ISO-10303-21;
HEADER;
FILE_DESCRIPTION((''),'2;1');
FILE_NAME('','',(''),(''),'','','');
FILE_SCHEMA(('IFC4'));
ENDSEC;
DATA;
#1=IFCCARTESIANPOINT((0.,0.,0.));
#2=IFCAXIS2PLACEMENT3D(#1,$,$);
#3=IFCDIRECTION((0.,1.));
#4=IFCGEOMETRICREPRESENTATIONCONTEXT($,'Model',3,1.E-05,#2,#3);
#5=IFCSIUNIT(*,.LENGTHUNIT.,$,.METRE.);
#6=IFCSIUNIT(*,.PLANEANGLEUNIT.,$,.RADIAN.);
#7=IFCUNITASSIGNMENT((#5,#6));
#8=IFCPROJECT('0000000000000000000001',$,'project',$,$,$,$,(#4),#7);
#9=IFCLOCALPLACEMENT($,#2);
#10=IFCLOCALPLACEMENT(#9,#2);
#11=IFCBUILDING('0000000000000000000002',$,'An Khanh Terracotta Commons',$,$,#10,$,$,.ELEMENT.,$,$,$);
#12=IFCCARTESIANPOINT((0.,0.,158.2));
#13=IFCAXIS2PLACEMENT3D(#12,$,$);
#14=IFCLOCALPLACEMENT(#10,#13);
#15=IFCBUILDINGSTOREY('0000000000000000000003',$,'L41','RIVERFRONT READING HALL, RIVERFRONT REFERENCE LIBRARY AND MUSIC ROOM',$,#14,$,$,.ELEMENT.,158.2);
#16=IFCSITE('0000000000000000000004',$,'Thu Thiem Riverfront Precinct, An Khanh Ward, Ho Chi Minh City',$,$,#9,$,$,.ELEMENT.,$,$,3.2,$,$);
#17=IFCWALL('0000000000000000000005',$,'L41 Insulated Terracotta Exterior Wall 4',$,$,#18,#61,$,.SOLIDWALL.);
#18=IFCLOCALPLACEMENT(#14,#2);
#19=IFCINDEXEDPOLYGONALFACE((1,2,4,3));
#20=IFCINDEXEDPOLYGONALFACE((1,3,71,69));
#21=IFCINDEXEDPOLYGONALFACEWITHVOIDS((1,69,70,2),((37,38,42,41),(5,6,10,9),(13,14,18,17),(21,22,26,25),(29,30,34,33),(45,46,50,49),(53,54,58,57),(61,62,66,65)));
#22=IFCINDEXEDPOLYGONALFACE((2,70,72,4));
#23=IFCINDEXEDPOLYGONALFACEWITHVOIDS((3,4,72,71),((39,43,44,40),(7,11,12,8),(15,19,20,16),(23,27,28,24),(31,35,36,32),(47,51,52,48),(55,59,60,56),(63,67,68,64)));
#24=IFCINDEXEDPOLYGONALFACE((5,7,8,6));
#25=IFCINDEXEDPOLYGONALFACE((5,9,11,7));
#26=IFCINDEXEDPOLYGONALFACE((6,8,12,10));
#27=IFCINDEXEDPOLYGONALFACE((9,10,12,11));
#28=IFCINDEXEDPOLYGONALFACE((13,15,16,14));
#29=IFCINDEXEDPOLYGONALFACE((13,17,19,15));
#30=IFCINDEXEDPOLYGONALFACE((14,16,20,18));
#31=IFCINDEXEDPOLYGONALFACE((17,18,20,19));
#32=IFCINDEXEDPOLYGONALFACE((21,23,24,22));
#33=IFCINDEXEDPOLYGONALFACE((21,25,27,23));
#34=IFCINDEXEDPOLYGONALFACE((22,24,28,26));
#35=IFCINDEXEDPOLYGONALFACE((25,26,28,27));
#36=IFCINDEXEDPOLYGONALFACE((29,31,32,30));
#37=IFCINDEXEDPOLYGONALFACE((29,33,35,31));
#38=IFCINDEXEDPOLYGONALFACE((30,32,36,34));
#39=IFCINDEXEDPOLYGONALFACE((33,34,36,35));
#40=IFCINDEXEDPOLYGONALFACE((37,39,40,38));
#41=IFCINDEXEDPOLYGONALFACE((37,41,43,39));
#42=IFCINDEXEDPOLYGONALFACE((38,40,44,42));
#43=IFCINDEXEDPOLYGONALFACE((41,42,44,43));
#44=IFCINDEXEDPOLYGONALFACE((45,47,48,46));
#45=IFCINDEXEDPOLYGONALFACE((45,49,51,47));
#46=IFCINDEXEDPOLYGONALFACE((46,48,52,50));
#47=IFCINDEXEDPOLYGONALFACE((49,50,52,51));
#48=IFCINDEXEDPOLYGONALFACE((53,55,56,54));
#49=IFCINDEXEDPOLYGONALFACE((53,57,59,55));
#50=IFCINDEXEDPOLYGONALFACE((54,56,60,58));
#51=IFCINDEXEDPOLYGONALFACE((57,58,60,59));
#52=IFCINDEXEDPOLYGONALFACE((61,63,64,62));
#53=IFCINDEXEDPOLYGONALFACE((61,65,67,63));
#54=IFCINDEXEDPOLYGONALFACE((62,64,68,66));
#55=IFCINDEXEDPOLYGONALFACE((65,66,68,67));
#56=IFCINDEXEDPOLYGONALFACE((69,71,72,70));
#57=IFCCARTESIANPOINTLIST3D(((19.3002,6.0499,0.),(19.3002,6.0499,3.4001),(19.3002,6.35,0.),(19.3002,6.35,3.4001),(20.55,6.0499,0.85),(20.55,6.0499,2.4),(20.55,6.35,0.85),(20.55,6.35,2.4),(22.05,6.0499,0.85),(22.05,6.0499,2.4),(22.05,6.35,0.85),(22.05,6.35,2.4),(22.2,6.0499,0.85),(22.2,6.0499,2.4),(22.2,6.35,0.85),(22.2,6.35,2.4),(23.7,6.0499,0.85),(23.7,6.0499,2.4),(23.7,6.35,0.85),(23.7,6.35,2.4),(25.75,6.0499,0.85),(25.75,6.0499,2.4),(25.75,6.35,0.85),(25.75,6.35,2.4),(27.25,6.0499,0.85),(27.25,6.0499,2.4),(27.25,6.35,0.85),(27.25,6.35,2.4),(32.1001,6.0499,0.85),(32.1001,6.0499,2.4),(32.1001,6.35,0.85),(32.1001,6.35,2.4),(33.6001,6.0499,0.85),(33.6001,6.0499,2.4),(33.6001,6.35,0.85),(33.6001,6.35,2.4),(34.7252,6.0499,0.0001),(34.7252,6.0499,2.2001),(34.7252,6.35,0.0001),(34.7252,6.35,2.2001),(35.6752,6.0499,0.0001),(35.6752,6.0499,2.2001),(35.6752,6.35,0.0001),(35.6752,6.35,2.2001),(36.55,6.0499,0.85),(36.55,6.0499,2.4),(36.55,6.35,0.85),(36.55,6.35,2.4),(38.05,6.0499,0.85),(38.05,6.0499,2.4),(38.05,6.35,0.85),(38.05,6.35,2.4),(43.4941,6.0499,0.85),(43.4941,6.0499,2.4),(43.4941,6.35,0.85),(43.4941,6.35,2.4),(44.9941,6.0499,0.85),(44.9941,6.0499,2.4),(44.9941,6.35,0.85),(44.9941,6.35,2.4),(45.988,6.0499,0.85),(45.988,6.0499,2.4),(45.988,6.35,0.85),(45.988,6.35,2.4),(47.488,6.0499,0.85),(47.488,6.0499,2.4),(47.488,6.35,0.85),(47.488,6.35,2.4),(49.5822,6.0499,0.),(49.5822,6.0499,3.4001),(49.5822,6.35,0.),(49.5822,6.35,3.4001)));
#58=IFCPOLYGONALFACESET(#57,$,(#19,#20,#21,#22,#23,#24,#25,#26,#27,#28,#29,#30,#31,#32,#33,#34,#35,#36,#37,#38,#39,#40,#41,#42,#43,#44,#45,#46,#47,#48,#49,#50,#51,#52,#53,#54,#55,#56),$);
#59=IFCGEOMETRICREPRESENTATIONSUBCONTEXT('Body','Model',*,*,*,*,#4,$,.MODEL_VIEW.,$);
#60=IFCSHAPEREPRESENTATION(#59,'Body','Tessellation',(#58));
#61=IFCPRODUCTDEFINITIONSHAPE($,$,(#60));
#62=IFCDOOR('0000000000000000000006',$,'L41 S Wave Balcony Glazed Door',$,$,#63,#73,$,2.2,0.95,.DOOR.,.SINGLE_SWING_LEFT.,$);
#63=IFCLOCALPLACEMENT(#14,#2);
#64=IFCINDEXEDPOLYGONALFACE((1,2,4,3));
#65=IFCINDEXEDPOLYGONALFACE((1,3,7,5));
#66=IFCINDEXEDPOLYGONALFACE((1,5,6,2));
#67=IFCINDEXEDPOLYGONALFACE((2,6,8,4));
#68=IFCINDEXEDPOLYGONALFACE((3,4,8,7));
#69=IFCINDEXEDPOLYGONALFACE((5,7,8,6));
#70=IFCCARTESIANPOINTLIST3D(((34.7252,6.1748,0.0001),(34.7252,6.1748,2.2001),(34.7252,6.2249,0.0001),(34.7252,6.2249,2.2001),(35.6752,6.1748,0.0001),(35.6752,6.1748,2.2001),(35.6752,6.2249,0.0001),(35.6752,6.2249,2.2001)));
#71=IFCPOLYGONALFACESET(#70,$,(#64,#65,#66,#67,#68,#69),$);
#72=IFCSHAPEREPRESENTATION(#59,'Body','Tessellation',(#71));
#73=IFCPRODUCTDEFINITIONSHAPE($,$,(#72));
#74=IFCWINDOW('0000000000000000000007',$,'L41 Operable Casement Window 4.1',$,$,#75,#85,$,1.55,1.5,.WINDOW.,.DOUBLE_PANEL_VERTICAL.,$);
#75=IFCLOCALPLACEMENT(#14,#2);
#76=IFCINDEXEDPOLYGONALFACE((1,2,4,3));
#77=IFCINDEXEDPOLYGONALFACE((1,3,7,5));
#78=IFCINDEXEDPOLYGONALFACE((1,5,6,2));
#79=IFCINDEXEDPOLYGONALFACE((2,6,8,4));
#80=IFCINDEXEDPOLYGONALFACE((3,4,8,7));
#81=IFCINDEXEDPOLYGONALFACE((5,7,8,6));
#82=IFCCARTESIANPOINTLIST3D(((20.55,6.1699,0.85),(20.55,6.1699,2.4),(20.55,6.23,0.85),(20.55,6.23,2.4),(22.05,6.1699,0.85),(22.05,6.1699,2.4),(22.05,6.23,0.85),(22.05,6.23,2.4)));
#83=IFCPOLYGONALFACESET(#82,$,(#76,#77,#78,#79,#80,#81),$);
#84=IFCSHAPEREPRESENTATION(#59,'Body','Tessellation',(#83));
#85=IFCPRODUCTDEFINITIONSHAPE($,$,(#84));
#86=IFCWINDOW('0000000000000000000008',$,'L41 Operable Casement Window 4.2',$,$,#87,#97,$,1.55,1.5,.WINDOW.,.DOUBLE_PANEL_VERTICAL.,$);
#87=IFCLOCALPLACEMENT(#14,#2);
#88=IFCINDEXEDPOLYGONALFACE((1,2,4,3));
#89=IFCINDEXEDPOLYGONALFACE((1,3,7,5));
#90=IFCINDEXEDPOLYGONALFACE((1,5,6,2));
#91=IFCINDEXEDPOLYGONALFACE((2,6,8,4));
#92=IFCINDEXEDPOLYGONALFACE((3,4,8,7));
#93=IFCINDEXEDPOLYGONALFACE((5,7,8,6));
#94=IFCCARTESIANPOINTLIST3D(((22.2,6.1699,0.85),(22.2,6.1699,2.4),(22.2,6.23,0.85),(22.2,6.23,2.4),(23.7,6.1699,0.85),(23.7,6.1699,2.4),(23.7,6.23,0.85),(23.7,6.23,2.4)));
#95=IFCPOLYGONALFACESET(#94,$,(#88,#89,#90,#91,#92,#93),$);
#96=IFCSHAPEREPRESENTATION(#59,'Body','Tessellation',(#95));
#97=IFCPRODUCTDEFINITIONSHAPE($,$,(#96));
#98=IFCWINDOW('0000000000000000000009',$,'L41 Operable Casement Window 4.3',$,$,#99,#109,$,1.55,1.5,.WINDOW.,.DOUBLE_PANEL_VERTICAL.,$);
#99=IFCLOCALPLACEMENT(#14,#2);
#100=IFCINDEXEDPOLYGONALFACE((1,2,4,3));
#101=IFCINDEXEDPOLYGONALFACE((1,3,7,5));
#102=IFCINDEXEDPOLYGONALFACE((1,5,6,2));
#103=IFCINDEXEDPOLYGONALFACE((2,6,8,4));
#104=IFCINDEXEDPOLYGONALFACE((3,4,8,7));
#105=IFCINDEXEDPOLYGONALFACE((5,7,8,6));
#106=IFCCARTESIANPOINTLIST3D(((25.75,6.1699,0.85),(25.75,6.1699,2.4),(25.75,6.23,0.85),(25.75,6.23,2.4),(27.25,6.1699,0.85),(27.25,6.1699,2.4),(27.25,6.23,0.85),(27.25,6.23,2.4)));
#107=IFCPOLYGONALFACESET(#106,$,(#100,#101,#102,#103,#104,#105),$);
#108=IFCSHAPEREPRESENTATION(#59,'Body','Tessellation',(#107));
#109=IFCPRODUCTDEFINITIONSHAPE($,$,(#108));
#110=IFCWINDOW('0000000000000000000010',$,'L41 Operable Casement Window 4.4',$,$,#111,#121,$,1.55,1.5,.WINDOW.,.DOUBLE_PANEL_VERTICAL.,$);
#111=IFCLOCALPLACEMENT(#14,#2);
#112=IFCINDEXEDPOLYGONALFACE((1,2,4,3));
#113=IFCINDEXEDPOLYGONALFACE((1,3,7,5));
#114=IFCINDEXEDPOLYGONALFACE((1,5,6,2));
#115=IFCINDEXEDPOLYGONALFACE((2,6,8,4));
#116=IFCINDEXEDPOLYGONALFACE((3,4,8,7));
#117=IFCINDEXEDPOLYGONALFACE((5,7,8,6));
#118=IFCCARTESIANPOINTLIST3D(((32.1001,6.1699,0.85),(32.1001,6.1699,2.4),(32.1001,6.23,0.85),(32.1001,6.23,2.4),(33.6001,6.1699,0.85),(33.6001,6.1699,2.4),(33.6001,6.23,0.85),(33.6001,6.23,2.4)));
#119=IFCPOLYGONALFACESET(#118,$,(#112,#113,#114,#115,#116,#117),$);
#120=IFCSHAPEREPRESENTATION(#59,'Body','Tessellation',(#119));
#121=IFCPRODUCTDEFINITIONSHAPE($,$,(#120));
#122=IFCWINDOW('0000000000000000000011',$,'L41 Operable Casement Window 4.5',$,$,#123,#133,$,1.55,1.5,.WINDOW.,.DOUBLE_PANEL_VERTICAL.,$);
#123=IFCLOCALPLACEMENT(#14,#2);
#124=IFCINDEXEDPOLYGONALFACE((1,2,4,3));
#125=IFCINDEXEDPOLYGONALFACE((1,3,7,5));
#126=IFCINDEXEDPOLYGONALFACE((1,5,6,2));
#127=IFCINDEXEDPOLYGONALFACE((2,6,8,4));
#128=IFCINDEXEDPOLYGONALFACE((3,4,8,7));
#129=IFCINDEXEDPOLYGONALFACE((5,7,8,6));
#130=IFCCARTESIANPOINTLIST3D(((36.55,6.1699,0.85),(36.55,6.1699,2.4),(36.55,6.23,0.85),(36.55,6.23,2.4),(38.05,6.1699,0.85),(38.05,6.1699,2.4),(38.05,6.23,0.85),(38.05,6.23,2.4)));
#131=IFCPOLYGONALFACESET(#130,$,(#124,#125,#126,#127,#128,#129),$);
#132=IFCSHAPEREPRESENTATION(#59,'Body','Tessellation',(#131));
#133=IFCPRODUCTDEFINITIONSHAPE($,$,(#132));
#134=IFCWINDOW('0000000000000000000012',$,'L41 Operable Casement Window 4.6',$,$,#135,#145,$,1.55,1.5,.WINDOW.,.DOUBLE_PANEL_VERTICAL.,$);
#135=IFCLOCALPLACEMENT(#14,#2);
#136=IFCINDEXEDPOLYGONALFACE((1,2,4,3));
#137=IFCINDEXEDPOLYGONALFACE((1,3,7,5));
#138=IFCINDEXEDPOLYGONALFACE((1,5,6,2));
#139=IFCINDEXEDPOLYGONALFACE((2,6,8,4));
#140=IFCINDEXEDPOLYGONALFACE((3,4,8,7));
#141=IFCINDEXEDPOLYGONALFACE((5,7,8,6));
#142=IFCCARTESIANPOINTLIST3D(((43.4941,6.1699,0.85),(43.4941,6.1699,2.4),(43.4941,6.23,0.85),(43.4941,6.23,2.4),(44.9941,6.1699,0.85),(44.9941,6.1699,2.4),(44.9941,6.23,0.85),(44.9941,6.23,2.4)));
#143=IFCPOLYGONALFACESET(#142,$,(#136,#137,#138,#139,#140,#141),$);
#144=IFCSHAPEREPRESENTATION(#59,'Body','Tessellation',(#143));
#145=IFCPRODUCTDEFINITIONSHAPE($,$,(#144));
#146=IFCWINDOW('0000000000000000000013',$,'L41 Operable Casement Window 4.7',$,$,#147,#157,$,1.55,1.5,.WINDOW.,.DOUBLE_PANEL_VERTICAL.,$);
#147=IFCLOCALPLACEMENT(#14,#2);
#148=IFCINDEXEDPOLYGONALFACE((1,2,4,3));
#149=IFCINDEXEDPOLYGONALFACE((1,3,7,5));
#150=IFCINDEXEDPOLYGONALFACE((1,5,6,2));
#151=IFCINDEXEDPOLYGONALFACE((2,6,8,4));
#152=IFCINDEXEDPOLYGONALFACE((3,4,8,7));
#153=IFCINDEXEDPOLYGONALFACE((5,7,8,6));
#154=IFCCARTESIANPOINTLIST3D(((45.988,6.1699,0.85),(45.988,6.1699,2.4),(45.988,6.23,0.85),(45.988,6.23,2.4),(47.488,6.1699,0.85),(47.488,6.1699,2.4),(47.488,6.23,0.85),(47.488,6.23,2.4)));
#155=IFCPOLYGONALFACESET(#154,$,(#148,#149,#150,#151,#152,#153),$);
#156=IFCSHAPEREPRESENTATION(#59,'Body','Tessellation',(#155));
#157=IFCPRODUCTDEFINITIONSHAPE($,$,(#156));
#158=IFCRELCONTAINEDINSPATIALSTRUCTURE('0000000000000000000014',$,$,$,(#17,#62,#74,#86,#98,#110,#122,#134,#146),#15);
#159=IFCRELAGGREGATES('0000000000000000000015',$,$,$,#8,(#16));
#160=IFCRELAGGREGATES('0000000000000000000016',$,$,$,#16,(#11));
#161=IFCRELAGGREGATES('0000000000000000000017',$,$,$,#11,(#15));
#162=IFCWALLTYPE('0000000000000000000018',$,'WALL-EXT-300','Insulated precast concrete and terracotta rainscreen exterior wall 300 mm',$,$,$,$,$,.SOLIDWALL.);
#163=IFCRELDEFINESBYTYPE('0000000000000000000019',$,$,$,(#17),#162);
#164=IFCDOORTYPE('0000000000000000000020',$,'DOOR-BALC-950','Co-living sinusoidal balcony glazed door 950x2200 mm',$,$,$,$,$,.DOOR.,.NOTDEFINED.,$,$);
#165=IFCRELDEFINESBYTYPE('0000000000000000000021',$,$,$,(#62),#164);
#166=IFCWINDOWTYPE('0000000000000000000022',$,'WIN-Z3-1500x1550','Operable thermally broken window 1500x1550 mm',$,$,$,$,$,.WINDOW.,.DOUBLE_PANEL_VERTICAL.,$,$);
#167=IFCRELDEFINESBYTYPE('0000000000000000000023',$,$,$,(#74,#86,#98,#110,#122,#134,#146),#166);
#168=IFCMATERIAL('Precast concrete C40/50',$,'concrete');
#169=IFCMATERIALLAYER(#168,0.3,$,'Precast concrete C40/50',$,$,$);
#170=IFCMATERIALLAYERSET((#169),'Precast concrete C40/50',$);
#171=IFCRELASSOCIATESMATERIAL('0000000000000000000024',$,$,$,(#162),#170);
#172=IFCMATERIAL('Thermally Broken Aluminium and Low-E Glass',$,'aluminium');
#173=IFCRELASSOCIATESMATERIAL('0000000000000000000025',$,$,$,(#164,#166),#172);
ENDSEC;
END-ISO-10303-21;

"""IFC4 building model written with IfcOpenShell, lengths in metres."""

from ifc_helpers import new_model, si_unit, direction, frame, frame_2d, origin, place, context, subcontext, project, spatial, rectangle, extrude, material, layer, layer_set, type_object, element, fill, save


model = new_model("IFC4")

# Units and contexts
model_context = context("Model", 3, precision=1e-05, world=origin(), true_north=direction((0.0, 1.0)))
body_context = subcontext(model_context, "Body", "Model", "MODEL_VIEW")
ifc_project = project(units=[si_unit("LENGTHUNIT", "METRE"), si_unit("PLANEANGLEUNIT", "RADIAN")], contexts=[model_context])

# Site, building, storey
site_placement = place(None, origin())
site = spatial("IfcSite", under=ifc_project, at=site_placement, Name="Thu Thiem Riverfront Precinct, An Khanh Ward, Ho Chi Minh City", CompositionType="ELEMENT", RefElevation=3.2)
building_placement = place(site_placement, origin())
building = spatial("IfcBuilding", under=site, at=building_placement, Name="An Khanh Terracotta Commons", CompositionType="ELEMENT")
storey_placement = place(building_placement, frame((0.0, 0.0, 158.2)))
storey = spatial("IfcBuildingStorey", under=building, at=storey_placement, Name="L41", Description="RIVERFRONT READING HALL, RIVERFRONT REFERENCE LIBRARY AND MUSIC ROOM", CompositionType="ELEMENT", Elevation=158.2)

# Shared definitions
ifc_material_1 = material(Name="Precast concrete C40/50", Category="concrete")
ifc_layer_1 = layer(ifc_material_1, 0.3, Name="Precast concrete C40/50")
ifc_layer_set_1 = layer_set([ifc_layer_1], Name="Precast concrete C40/50")
wall_type_1 = type_object("IfcWallType", Name="WALL-EXT-300", Description="Insulated precast concrete and terracotta rainscreen exterior wall 300 mm", PredefinedType="SOLIDWALL", material=ifc_layer_set_1)

# Wall, openings, door, windows
wall_1_placement = place(storey_placement, frame((19.3, 6.2, 0.0), z_axis=(0.0, 0.0, 1.0), x_axis=(1.0, 0.0, 0.0)))
wall_1 = element("IfcWall", 1, at=wall_1_placement, inside=storey, type_object=wall_type_1, Name="L41 Insulated Terracotta Exterior Wall 4", PredefinedType="SOLIDWALL", context=body_context, shape_type="SweptSolid", body=[
    extrude(rectangle(XDim=30.282, YDim=0.3, at=frame_2d((15.1411, 0.0))), origin(), (0.0, 0.0, 1.0), 3.4001),
])
opening_1_placement = place(wall_1_placement, frame((15.425, 0.0, 0.0)))
opening_1 = element("IfcOpeningElement", 2, at=opening_1_placement, cuts=wall_1, PredefinedType="OPENING", context=body_context, shape_type="SweptSolid", body=[
    extrude(rectangle(XDim=0.95, YDim=2.2, at=frame_2d((0.4751, 1.1001))), frame((0.0, 0.1599, 0.0), z_axis=(0.0, -1.0, 0.0), x_axis=(1.0, 0.0, 0.0)), (0.0, 0.0, 1.0), 0.3201),
])
opening_2_placement = place(wall_1_placement, frame((1.25, 0.0, 0.8501)))
opening_2 = element("IfcOpeningElement", 3, at=opening_2_placement, cuts=wall_1, PredefinedType="OPENING", context=body_context, shape_type="SweptSolid", body=[
    extrude(rectangle(XDim=1.5, YDim=1.55, at=frame_2d((0.75, 0.7749))), frame((0.0, 0.1599, 0.0), z_axis=(0.0, -1.0, 0.0), x_axis=(1.0, 0.0, 0.0)), (0.0, 0.0, 1.0), 0.3201),
])
opening_3_placement = place(wall_1_placement, frame((2.8999, 0.0, 0.8501)))
opening_3 = element("IfcOpeningElement", 4, at=opening_3_placement, cuts=wall_1, PredefinedType="OPENING", context=body_context, shape_type="SweptSolid", body=[
    extrude(rectangle(XDim=1.5, YDim=1.55, at=frame_2d((0.75, 0.7749))), frame((0.0, 0.1599, 0.0), z_axis=(0.0, -1.0, 0.0), x_axis=(1.0, 0.0, 0.0)), (0.0, 0.0, 1.0), 0.3201),
])
opening_4_placement = place(wall_1_placement, frame((6.45, 0.0, 0.8501)))
opening_4 = element("IfcOpeningElement", 5, at=opening_4_placement, cuts=wall_1, PredefinedType="OPENING", context=body_context, shape_type="SweptSolid", body=[
    extrude(rectangle(XDim=1.5, YDim=1.55, at=frame_2d((0.75, 0.7749))), frame((0.0, 0.1599, 0.0), z_axis=(0.0, -1.0, 0.0), x_axis=(1.0, 0.0, 0.0)), (0.0, 0.0, 1.0), 0.3201),
])
opening_5_placement = place(wall_1_placement, frame((12.8, 0.0, 0.8501)))
opening_5 = element("IfcOpeningElement", 6, at=opening_5_placement, cuts=wall_1, PredefinedType="OPENING", context=body_context, shape_type="SweptSolid", body=[
    extrude(rectangle(XDim=1.5, YDim=1.55, at=frame_2d((0.75, 0.7749))), frame((0.0, 0.1599, 0.0), z_axis=(0.0, -1.0, 0.0), x_axis=(1.0, 0.0, 0.0)), (0.0, 0.0, 1.0), 0.3201),
])
opening_6_placement = place(wall_1_placement, frame((17.25, 0.0, 0.8501)))
opening_6 = element("IfcOpeningElement", 7, at=opening_6_placement, cuts=wall_1, PredefinedType="OPENING", context=body_context, shape_type="SweptSolid", body=[
    extrude(rectangle(XDim=1.5, YDim=1.55, at=frame_2d((0.75, 0.7749))), frame((0.0, 0.1599, 0.0), z_axis=(0.0, -1.0, 0.0), x_axis=(1.0, 0.0, 0.0)), (0.0, 0.0, 1.0), 0.3201),
])
opening_7_placement = place(wall_1_placement, frame((24.1941, 0.0, 0.8501)))
opening_7 = element("IfcOpeningElement", 8, at=opening_7_placement, cuts=wall_1, PredefinedType="OPENING", context=body_context, shape_type="SweptSolid", body=[
    extrude(rectangle(XDim=1.5, YDim=1.55, at=frame_2d((0.75, 0.7749))), frame((0.0, 0.1599, 0.0), z_axis=(0.0, -1.0, 0.0), x_axis=(1.0, 0.0, 0.0)), (0.0, 0.0, 1.0), 0.3201),
])
opening_8_placement = place(wall_1_placement, frame((26.688, 0.0, 0.8501)))
opening_8 = element("IfcOpeningElement", 9, at=opening_8_placement, cuts=wall_1, PredefinedType="OPENING", context=body_context, shape_type="SweptSolid", body=[
    extrude(rectangle(XDim=1.5, YDim=1.55, at=frame_2d((0.75, 0.7749))), frame((0.0, 0.1599, 0.0), z_axis=(0.0, -1.0, 0.0), x_axis=(1.0, 0.0, 0.0)), (0.0, 0.0, 1.0), 0.3201),
])
ifc_material_2 = material(Name="Thermally Broken Aluminium and Low-E Glass", Category="aluminium")
door_type = type_object("IfcDoorType", Name="DOOR-BALC-950", Description="Co-living sinusoidal balcony glazed door 950x2200 mm", OperationType="NOTDEFINED", PredefinedType="DOOR", material=ifc_material_2)
door_placement = place(opening_1_placement, origin())
door = element("IfcDoor", 10, at=door_placement, inside=storey, type_object=door_type, Name="L41 S Wave Balcony Glazed Door", OperationType="SINGLE_SWING_LEFT", OverallHeight=2.2, OverallWidth=0.95, PredefinedType="DOOR", context=body_context, shape_type="SweptSolid", body=[
    extrude(rectangle(XDim=0.95, YDim=2.2, at=frame_2d((0.4751, 1.1001))), frame((0.0, 0.0249, 0.0), z_axis=(0.0, -1.0, 0.0), x_axis=(1.0, 0.0, 0.0)), (0.0, 0.0, 1.0), 0.05),
])
fill(opening_1, door)
window_type = type_object("IfcWindowType", Name="WIN-Z3-1500x1550", Description="Operable thermally broken window 1500x1550 mm", PartitioningType="DOUBLE_PANEL_VERTICAL", PredefinedType="WINDOW", material=ifc_material_2)
window_1_placement = place(opening_2_placement, origin())
window_1 = element("IfcWindow", 11, at=window_1_placement, inside=storey, type_object=window_type, Name="L41 Operable Casement Window 4.1", OverallHeight=1.55, OverallWidth=1.5, PartitioningType="DOUBLE_PANEL_VERTICAL", PredefinedType="WINDOW", context=body_context, shape_type="SweptSolid", body=[
    extrude(rectangle(XDim=1.5, YDim=1.55, at=frame_2d((0.75, 0.7749))), frame((0.0, 0.03, 0.0), z_axis=(0.0, -1.0, 0.0), x_axis=(1.0, 0.0, 0.0)), (0.0, 0.0, 1.0), 0.0601),
])
fill(opening_2, window_1)
window_2_placement = place(opening_3_placement, origin())
window_2 = element("IfcWindow", 12, at=window_2_placement, inside=storey, type_object=window_type, Name="L41 Operable Casement Window 4.2", OverallHeight=1.55, OverallWidth=1.5, PartitioningType="DOUBLE_PANEL_VERTICAL", PredefinedType="WINDOW", context=body_context, shape_type="SweptSolid", body=[
    extrude(rectangle(XDim=1.5, YDim=1.55, at=frame_2d((0.75, 0.7749))), frame((0.0, 0.03, 0.0), z_axis=(0.0, -1.0, 0.0), x_axis=(1.0, 0.0, 0.0)), (0.0, 0.0, 1.0), 0.0601),
])
fill(opening_3, window_2)
window_3_placement = place(opening_4_placement, origin())
window_3 = element("IfcWindow", 13, at=window_3_placement, inside=storey, type_object=window_type, Name="L41 Operable Casement Window 4.3", OverallHeight=1.55, OverallWidth=1.5, PartitioningType="DOUBLE_PANEL_VERTICAL", PredefinedType="WINDOW", context=body_context, shape_type="SweptSolid", body=[
    extrude(rectangle(XDim=1.5, YDim=1.55, at=frame_2d((0.75, 0.7749))), frame((0.0, 0.03, 0.0), z_axis=(0.0, -1.0, 0.0), x_axis=(1.0, 0.0, 0.0)), (0.0, 0.0, 1.0), 0.0601),
])
fill(opening_4, window_3)
window_4_placement = place(opening_5_placement, origin())
window_4 = element("IfcWindow", 14, at=window_4_placement, inside=storey, type_object=window_type, Name="L41 Operable Casement Window 4.4", OverallHeight=1.55, OverallWidth=1.5, PartitioningType="DOUBLE_PANEL_VERTICAL", PredefinedType="WINDOW", context=body_context, shape_type="SweptSolid", body=[
    extrude(rectangle(XDim=1.5, YDim=1.55, at=frame_2d((0.75, 0.7749))), frame((0.0, 0.03, 0.0), z_axis=(0.0, -1.0, 0.0), x_axis=(1.0, 0.0, 0.0)), (0.0, 0.0, 1.0), 0.0601),
])
fill(opening_5, window_4)
window_5_placement = place(opening_6_placement, origin())
window_5 = element("IfcWindow", 15, at=window_5_placement, inside=storey, type_object=window_type, Name="L41 Operable Casement Window 4.5", OverallHeight=1.55, OverallWidth=1.5, PartitioningType="DOUBLE_PANEL_VERTICAL", PredefinedType="WINDOW", context=body_context, shape_type="SweptSolid", body=[
    extrude(rectangle(XDim=1.5, YDim=1.55, at=frame_2d((0.75, 0.7749))), frame((0.0, 0.03, 0.0), z_axis=(0.0, -1.0, 0.0), x_axis=(1.0, 0.0, 0.0)), (0.0, 0.0, 1.0), 0.0601),
])
fill(opening_6, window_5)
window_6_placement = place(opening_7_placement, origin())
window_6 = element("IfcWindow", 16, at=window_6_placement, inside=storey, type_object=window_type, Name="L41 Operable Casement Window 4.6", OverallHeight=1.55, OverallWidth=1.5, PartitioningType="DOUBLE_PANEL_VERTICAL", PredefinedType="WINDOW", context=body_context, shape_type="SweptSolid", body=[
    extrude(rectangle(XDim=1.5, YDim=1.55, at=frame_2d((0.75, 0.7749))), frame((0.0, 0.03, 0.0), z_axis=(0.0, -1.0, 0.0), x_axis=(1.0, 0.0, 0.0)), (0.0, 0.0, 1.0), 0.0601),
])
fill(opening_7, window_6)
window_7_placement = place(opening_8_placement, origin())
window_7 = element("IfcWindow", 17, at=window_7_placement, inside=storey, type_object=window_type, Name="L41 Operable Casement Window 4.7", OverallHeight=1.55, OverallWidth=1.5, PartitioningType="DOUBLE_PANEL_VERTICAL", PredefinedType="WINDOW", context=body_context, shape_type="SweptSolid", body=[
    extrude(rectangle(XDim=1.5, YDim=1.55, at=frame_2d((0.75, 0.7749))), frame((0.0, 0.03, 0.0), z_axis=(0.0, -1.0, 0.0), x_axis=(1.0, 0.0, 0.0)), (0.0, 0.0, 1.0), 0.0601),
])
fill(opening_8, window_7)

save(model, "model.ifc")
